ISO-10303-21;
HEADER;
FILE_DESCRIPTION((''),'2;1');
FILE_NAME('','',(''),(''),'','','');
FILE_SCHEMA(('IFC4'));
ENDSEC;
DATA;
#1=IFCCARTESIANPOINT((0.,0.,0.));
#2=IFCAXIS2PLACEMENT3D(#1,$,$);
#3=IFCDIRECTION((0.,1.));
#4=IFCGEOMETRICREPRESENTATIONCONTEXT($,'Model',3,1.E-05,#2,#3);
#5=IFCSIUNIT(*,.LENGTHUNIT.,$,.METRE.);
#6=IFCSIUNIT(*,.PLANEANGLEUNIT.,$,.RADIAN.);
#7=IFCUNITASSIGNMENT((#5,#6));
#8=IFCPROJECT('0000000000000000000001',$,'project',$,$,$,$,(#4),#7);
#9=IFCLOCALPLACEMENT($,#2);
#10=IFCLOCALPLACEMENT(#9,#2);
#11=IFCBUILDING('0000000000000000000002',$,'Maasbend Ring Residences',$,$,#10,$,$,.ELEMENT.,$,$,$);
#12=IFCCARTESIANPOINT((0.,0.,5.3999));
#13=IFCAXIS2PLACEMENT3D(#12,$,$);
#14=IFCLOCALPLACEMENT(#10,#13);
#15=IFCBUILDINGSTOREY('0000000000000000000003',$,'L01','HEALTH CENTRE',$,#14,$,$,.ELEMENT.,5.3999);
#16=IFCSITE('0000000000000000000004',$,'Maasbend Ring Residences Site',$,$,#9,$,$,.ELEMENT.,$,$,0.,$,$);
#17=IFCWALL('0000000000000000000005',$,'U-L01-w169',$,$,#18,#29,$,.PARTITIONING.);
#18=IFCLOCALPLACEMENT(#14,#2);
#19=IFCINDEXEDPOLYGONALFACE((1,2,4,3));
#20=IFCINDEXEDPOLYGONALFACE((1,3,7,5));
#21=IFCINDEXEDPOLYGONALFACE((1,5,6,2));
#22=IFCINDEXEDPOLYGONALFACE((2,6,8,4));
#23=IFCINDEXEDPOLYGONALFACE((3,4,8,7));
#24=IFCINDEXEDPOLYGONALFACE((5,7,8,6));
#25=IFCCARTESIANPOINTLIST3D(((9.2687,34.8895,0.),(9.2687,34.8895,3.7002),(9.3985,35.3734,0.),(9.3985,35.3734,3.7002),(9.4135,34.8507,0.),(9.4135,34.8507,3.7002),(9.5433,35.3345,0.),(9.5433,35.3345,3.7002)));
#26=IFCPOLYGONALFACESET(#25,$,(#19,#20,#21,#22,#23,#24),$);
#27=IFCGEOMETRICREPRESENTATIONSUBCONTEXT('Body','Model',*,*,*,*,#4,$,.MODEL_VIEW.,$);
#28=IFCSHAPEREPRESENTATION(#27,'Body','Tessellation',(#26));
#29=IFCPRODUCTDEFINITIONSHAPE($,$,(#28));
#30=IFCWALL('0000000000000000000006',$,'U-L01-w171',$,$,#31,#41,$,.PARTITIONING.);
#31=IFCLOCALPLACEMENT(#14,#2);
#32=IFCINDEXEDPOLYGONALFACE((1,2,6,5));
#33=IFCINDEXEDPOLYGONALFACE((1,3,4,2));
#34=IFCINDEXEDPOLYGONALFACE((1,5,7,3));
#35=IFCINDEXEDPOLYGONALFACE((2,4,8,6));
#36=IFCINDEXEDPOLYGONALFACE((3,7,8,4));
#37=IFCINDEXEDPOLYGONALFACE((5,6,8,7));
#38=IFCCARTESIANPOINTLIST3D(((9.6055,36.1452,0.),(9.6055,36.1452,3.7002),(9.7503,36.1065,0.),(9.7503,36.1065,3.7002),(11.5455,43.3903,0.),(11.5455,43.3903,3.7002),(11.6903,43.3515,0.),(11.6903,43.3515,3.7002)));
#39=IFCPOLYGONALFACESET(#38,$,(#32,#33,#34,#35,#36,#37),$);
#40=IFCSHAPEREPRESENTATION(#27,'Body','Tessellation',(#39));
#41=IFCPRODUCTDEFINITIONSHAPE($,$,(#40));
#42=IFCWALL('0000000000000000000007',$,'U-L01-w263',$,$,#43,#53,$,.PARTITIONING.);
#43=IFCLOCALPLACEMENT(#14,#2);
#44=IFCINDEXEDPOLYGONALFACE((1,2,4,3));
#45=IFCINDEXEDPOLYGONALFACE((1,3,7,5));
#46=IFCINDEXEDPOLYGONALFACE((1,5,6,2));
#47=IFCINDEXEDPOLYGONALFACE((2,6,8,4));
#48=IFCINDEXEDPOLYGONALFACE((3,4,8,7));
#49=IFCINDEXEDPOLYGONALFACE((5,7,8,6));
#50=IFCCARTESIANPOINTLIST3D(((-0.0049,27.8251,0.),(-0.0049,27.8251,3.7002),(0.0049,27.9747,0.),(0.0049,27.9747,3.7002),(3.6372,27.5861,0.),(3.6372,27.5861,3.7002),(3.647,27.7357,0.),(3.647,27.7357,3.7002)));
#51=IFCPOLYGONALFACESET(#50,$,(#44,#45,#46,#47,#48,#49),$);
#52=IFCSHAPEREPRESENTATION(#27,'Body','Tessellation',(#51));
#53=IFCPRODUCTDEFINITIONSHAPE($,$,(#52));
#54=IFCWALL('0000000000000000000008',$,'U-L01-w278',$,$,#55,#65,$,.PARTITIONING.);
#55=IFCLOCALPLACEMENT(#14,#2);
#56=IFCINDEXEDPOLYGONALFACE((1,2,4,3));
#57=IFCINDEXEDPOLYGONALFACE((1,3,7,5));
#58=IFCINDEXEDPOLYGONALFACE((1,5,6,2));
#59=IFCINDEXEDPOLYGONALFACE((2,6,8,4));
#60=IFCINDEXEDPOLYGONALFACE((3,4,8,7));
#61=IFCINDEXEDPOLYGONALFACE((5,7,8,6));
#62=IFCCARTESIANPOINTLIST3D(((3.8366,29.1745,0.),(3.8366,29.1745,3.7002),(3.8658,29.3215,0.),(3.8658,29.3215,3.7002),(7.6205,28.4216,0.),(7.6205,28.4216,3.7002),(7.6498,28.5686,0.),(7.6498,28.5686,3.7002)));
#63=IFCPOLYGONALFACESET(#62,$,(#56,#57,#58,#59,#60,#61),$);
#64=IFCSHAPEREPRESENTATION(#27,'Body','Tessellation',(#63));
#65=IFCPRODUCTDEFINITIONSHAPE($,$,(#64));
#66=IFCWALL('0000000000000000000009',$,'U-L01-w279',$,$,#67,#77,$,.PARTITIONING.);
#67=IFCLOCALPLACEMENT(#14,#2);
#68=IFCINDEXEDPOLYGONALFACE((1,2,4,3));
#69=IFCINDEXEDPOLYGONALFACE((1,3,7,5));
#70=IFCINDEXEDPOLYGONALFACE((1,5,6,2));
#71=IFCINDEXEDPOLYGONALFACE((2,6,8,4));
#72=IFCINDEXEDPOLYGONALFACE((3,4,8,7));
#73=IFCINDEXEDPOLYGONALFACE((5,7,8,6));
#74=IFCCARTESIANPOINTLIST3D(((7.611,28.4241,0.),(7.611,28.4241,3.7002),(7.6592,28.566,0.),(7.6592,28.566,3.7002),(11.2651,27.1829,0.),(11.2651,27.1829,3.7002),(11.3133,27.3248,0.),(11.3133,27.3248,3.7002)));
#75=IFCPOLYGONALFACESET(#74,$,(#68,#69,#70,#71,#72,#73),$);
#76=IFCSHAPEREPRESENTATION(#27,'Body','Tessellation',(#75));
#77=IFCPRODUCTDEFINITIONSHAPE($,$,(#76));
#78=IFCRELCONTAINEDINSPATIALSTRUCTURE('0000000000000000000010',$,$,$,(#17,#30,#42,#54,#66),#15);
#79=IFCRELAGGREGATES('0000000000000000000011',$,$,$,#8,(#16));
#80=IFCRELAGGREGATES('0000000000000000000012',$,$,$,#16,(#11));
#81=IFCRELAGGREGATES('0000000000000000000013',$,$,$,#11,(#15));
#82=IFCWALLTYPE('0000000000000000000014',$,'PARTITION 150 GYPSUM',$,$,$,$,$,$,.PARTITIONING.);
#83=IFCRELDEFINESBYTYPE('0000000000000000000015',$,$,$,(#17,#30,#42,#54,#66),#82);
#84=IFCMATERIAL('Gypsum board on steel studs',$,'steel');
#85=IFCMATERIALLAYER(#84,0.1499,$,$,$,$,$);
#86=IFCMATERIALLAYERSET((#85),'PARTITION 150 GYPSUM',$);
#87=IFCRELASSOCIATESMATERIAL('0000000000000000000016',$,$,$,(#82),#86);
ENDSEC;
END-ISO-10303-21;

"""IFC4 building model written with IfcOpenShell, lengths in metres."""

from ifc_helpers import new_model, si_unit, direction, frame, frame_2d, origin, place, context, subcontext, project, spatial, rectangle, extrude, material, layer, layer_set, type_object, element, save


model = new_model("IFC4")

# Units and contexts
model_context = context("Model", 3, precision=1e-05, world=origin(), true_north=direction((0.0, 1.0)))
body_context = subcontext(model_context, "Body", "Model", "MODEL_VIEW")
ifc_project = project(units=[si_unit("LENGTHUNIT", "METRE"), si_unit("PLANEANGLEUNIT", "RADIAN")], contexts=[model_context])

# Site, building, storey
site_placement = place(None, origin())
site = spatial("IfcSite", under=ifc_project, at=site_placement, Name="Maasbend Ring Residences Site", CompositionType="ELEMENT", RefElevation=0.0)
building_placement = place(site_placement, origin())
building = spatial("IfcBuilding", under=site, at=building_placement, Name="Maasbend Ring Residences", CompositionType="ELEMENT")
storey_placement = place(building_placement, frame((0.0, 0.0, 5.3999)))
storey = spatial("IfcBuildingStorey", under=building, at=storey_placement, Name="L01", Description="HEALTH CENTRE", CompositionType="ELEMENT", Elevation=5.3999)

# Walls
ifc_material_1 = material(Name="Gypsum board on steel studs", Category="steel")
ifc_layer_1 = layer(ifc_material_1, 0.1499)
ifc_layer_set_1 = layer_set([ifc_layer_1], Name="PARTITION 150 GYPSUM")
wall_type_1 = type_object("IfcWallType", Name="PARTITION 150 GYPSUM", PredefinedType="PARTITIONING", material=ifc_layer_set_1)
wall_1_placement = place(storey_placement, frame((9.3411, 34.8701, 0.0), z_axis=(0.0, 0.0, 1.0), x_axis=(0.259239, 0.965813, 0.0)))
element("IfcWall", 1, at=wall_1_placement, inside=storey, type_object=wall_type_1, Name="U-L01-w169", PredefinedType="PARTITIONING", context=body_context, shape_type="SweptSolid", body=[
    extrude(rectangle(XDim=0.501, YDim=0.1499, at=frame_2d((0.2505, 0.0))), origin(), (0.0, 0.0, 1.0), 3.7002),
])
wall_2_placement = place(storey_placement, frame((9.678, 36.126, 0.0), z_axis=(0.0, 0.0, 1.0), x_axis=(0.258647, 0.965972, 0.0)))
element("IfcWall", 2, at=wall_2_placement, inside=storey, type_object=wall_type_1, Name="U-L01-w171", PredefinedType="PARTITIONING", context=body_context, shape_type="SweptSolid", body=[
    extrude(rectangle(XDim=7.5002, YDim=0.1499, at=frame_2d((3.75, 0.0))), origin(), (0.0, 0.0, 1.0), 3.7002),
])
wall_3_placement = place(storey_placement, frame((0.0, 27.8999, 0.0), z_axis=(0.0, 0.0, 1.0), x_axis=(0.997854, -0.065485, 0.0)))
element("IfcWall", 3, at=wall_3_placement, inside=storey, type_object=wall_type_1, Name="U-L01-w263", PredefinedType="PARTITIONING", context=body_context, shape_type="SweptSolid", body=[
    extrude(rectangle(XDim=3.6499, YDim=0.1499, at=frame_2d((1.825, 0.0))), origin(), (0.0, 0.0, 1.0), 3.7002),
])
wall_4_placement = place(storey_placement, frame((3.8511, 29.248, 0.0), z_axis=(0.0, 0.0, 1.0), x_axis=(0.980772, -0.195155, 0.0)))
element("IfcWall", 4, at=wall_4_placement, inside=storey, type_object=wall_type_1, Name="U-L01-w278", PredefinedType="PARTITIONING", context=body_context, shape_type="SweptSolid", body=[
    extrude(rectangle(XDim=3.8582, YDim=0.1499, at=frame_2d((1.9292, 0.0))), origin(), (0.0, 0.0, 1.0), 3.7002),
])
wall_5_placement = place(storey_placement, frame((7.635, 28.4951, 0.0), z_axis=(0.0, 0.0, 1.0), x_axis=(0.946865, -0.321632, 0.0)))
element("IfcWall", 5, at=wall_5_placement, inside=storey, type_object=wall_type_1, Name="U-L01-w279", PredefinedType="PARTITIONING", context=body_context, shape_type="SweptSolid", body=[
    extrude(rectangle(XDim=3.8591, YDim=0.1499, at=frame_2d((1.9297, 0.0))), origin(), (0.0, 0.0, 1.0), 3.7002),
])

save(model, "model.ifc")
